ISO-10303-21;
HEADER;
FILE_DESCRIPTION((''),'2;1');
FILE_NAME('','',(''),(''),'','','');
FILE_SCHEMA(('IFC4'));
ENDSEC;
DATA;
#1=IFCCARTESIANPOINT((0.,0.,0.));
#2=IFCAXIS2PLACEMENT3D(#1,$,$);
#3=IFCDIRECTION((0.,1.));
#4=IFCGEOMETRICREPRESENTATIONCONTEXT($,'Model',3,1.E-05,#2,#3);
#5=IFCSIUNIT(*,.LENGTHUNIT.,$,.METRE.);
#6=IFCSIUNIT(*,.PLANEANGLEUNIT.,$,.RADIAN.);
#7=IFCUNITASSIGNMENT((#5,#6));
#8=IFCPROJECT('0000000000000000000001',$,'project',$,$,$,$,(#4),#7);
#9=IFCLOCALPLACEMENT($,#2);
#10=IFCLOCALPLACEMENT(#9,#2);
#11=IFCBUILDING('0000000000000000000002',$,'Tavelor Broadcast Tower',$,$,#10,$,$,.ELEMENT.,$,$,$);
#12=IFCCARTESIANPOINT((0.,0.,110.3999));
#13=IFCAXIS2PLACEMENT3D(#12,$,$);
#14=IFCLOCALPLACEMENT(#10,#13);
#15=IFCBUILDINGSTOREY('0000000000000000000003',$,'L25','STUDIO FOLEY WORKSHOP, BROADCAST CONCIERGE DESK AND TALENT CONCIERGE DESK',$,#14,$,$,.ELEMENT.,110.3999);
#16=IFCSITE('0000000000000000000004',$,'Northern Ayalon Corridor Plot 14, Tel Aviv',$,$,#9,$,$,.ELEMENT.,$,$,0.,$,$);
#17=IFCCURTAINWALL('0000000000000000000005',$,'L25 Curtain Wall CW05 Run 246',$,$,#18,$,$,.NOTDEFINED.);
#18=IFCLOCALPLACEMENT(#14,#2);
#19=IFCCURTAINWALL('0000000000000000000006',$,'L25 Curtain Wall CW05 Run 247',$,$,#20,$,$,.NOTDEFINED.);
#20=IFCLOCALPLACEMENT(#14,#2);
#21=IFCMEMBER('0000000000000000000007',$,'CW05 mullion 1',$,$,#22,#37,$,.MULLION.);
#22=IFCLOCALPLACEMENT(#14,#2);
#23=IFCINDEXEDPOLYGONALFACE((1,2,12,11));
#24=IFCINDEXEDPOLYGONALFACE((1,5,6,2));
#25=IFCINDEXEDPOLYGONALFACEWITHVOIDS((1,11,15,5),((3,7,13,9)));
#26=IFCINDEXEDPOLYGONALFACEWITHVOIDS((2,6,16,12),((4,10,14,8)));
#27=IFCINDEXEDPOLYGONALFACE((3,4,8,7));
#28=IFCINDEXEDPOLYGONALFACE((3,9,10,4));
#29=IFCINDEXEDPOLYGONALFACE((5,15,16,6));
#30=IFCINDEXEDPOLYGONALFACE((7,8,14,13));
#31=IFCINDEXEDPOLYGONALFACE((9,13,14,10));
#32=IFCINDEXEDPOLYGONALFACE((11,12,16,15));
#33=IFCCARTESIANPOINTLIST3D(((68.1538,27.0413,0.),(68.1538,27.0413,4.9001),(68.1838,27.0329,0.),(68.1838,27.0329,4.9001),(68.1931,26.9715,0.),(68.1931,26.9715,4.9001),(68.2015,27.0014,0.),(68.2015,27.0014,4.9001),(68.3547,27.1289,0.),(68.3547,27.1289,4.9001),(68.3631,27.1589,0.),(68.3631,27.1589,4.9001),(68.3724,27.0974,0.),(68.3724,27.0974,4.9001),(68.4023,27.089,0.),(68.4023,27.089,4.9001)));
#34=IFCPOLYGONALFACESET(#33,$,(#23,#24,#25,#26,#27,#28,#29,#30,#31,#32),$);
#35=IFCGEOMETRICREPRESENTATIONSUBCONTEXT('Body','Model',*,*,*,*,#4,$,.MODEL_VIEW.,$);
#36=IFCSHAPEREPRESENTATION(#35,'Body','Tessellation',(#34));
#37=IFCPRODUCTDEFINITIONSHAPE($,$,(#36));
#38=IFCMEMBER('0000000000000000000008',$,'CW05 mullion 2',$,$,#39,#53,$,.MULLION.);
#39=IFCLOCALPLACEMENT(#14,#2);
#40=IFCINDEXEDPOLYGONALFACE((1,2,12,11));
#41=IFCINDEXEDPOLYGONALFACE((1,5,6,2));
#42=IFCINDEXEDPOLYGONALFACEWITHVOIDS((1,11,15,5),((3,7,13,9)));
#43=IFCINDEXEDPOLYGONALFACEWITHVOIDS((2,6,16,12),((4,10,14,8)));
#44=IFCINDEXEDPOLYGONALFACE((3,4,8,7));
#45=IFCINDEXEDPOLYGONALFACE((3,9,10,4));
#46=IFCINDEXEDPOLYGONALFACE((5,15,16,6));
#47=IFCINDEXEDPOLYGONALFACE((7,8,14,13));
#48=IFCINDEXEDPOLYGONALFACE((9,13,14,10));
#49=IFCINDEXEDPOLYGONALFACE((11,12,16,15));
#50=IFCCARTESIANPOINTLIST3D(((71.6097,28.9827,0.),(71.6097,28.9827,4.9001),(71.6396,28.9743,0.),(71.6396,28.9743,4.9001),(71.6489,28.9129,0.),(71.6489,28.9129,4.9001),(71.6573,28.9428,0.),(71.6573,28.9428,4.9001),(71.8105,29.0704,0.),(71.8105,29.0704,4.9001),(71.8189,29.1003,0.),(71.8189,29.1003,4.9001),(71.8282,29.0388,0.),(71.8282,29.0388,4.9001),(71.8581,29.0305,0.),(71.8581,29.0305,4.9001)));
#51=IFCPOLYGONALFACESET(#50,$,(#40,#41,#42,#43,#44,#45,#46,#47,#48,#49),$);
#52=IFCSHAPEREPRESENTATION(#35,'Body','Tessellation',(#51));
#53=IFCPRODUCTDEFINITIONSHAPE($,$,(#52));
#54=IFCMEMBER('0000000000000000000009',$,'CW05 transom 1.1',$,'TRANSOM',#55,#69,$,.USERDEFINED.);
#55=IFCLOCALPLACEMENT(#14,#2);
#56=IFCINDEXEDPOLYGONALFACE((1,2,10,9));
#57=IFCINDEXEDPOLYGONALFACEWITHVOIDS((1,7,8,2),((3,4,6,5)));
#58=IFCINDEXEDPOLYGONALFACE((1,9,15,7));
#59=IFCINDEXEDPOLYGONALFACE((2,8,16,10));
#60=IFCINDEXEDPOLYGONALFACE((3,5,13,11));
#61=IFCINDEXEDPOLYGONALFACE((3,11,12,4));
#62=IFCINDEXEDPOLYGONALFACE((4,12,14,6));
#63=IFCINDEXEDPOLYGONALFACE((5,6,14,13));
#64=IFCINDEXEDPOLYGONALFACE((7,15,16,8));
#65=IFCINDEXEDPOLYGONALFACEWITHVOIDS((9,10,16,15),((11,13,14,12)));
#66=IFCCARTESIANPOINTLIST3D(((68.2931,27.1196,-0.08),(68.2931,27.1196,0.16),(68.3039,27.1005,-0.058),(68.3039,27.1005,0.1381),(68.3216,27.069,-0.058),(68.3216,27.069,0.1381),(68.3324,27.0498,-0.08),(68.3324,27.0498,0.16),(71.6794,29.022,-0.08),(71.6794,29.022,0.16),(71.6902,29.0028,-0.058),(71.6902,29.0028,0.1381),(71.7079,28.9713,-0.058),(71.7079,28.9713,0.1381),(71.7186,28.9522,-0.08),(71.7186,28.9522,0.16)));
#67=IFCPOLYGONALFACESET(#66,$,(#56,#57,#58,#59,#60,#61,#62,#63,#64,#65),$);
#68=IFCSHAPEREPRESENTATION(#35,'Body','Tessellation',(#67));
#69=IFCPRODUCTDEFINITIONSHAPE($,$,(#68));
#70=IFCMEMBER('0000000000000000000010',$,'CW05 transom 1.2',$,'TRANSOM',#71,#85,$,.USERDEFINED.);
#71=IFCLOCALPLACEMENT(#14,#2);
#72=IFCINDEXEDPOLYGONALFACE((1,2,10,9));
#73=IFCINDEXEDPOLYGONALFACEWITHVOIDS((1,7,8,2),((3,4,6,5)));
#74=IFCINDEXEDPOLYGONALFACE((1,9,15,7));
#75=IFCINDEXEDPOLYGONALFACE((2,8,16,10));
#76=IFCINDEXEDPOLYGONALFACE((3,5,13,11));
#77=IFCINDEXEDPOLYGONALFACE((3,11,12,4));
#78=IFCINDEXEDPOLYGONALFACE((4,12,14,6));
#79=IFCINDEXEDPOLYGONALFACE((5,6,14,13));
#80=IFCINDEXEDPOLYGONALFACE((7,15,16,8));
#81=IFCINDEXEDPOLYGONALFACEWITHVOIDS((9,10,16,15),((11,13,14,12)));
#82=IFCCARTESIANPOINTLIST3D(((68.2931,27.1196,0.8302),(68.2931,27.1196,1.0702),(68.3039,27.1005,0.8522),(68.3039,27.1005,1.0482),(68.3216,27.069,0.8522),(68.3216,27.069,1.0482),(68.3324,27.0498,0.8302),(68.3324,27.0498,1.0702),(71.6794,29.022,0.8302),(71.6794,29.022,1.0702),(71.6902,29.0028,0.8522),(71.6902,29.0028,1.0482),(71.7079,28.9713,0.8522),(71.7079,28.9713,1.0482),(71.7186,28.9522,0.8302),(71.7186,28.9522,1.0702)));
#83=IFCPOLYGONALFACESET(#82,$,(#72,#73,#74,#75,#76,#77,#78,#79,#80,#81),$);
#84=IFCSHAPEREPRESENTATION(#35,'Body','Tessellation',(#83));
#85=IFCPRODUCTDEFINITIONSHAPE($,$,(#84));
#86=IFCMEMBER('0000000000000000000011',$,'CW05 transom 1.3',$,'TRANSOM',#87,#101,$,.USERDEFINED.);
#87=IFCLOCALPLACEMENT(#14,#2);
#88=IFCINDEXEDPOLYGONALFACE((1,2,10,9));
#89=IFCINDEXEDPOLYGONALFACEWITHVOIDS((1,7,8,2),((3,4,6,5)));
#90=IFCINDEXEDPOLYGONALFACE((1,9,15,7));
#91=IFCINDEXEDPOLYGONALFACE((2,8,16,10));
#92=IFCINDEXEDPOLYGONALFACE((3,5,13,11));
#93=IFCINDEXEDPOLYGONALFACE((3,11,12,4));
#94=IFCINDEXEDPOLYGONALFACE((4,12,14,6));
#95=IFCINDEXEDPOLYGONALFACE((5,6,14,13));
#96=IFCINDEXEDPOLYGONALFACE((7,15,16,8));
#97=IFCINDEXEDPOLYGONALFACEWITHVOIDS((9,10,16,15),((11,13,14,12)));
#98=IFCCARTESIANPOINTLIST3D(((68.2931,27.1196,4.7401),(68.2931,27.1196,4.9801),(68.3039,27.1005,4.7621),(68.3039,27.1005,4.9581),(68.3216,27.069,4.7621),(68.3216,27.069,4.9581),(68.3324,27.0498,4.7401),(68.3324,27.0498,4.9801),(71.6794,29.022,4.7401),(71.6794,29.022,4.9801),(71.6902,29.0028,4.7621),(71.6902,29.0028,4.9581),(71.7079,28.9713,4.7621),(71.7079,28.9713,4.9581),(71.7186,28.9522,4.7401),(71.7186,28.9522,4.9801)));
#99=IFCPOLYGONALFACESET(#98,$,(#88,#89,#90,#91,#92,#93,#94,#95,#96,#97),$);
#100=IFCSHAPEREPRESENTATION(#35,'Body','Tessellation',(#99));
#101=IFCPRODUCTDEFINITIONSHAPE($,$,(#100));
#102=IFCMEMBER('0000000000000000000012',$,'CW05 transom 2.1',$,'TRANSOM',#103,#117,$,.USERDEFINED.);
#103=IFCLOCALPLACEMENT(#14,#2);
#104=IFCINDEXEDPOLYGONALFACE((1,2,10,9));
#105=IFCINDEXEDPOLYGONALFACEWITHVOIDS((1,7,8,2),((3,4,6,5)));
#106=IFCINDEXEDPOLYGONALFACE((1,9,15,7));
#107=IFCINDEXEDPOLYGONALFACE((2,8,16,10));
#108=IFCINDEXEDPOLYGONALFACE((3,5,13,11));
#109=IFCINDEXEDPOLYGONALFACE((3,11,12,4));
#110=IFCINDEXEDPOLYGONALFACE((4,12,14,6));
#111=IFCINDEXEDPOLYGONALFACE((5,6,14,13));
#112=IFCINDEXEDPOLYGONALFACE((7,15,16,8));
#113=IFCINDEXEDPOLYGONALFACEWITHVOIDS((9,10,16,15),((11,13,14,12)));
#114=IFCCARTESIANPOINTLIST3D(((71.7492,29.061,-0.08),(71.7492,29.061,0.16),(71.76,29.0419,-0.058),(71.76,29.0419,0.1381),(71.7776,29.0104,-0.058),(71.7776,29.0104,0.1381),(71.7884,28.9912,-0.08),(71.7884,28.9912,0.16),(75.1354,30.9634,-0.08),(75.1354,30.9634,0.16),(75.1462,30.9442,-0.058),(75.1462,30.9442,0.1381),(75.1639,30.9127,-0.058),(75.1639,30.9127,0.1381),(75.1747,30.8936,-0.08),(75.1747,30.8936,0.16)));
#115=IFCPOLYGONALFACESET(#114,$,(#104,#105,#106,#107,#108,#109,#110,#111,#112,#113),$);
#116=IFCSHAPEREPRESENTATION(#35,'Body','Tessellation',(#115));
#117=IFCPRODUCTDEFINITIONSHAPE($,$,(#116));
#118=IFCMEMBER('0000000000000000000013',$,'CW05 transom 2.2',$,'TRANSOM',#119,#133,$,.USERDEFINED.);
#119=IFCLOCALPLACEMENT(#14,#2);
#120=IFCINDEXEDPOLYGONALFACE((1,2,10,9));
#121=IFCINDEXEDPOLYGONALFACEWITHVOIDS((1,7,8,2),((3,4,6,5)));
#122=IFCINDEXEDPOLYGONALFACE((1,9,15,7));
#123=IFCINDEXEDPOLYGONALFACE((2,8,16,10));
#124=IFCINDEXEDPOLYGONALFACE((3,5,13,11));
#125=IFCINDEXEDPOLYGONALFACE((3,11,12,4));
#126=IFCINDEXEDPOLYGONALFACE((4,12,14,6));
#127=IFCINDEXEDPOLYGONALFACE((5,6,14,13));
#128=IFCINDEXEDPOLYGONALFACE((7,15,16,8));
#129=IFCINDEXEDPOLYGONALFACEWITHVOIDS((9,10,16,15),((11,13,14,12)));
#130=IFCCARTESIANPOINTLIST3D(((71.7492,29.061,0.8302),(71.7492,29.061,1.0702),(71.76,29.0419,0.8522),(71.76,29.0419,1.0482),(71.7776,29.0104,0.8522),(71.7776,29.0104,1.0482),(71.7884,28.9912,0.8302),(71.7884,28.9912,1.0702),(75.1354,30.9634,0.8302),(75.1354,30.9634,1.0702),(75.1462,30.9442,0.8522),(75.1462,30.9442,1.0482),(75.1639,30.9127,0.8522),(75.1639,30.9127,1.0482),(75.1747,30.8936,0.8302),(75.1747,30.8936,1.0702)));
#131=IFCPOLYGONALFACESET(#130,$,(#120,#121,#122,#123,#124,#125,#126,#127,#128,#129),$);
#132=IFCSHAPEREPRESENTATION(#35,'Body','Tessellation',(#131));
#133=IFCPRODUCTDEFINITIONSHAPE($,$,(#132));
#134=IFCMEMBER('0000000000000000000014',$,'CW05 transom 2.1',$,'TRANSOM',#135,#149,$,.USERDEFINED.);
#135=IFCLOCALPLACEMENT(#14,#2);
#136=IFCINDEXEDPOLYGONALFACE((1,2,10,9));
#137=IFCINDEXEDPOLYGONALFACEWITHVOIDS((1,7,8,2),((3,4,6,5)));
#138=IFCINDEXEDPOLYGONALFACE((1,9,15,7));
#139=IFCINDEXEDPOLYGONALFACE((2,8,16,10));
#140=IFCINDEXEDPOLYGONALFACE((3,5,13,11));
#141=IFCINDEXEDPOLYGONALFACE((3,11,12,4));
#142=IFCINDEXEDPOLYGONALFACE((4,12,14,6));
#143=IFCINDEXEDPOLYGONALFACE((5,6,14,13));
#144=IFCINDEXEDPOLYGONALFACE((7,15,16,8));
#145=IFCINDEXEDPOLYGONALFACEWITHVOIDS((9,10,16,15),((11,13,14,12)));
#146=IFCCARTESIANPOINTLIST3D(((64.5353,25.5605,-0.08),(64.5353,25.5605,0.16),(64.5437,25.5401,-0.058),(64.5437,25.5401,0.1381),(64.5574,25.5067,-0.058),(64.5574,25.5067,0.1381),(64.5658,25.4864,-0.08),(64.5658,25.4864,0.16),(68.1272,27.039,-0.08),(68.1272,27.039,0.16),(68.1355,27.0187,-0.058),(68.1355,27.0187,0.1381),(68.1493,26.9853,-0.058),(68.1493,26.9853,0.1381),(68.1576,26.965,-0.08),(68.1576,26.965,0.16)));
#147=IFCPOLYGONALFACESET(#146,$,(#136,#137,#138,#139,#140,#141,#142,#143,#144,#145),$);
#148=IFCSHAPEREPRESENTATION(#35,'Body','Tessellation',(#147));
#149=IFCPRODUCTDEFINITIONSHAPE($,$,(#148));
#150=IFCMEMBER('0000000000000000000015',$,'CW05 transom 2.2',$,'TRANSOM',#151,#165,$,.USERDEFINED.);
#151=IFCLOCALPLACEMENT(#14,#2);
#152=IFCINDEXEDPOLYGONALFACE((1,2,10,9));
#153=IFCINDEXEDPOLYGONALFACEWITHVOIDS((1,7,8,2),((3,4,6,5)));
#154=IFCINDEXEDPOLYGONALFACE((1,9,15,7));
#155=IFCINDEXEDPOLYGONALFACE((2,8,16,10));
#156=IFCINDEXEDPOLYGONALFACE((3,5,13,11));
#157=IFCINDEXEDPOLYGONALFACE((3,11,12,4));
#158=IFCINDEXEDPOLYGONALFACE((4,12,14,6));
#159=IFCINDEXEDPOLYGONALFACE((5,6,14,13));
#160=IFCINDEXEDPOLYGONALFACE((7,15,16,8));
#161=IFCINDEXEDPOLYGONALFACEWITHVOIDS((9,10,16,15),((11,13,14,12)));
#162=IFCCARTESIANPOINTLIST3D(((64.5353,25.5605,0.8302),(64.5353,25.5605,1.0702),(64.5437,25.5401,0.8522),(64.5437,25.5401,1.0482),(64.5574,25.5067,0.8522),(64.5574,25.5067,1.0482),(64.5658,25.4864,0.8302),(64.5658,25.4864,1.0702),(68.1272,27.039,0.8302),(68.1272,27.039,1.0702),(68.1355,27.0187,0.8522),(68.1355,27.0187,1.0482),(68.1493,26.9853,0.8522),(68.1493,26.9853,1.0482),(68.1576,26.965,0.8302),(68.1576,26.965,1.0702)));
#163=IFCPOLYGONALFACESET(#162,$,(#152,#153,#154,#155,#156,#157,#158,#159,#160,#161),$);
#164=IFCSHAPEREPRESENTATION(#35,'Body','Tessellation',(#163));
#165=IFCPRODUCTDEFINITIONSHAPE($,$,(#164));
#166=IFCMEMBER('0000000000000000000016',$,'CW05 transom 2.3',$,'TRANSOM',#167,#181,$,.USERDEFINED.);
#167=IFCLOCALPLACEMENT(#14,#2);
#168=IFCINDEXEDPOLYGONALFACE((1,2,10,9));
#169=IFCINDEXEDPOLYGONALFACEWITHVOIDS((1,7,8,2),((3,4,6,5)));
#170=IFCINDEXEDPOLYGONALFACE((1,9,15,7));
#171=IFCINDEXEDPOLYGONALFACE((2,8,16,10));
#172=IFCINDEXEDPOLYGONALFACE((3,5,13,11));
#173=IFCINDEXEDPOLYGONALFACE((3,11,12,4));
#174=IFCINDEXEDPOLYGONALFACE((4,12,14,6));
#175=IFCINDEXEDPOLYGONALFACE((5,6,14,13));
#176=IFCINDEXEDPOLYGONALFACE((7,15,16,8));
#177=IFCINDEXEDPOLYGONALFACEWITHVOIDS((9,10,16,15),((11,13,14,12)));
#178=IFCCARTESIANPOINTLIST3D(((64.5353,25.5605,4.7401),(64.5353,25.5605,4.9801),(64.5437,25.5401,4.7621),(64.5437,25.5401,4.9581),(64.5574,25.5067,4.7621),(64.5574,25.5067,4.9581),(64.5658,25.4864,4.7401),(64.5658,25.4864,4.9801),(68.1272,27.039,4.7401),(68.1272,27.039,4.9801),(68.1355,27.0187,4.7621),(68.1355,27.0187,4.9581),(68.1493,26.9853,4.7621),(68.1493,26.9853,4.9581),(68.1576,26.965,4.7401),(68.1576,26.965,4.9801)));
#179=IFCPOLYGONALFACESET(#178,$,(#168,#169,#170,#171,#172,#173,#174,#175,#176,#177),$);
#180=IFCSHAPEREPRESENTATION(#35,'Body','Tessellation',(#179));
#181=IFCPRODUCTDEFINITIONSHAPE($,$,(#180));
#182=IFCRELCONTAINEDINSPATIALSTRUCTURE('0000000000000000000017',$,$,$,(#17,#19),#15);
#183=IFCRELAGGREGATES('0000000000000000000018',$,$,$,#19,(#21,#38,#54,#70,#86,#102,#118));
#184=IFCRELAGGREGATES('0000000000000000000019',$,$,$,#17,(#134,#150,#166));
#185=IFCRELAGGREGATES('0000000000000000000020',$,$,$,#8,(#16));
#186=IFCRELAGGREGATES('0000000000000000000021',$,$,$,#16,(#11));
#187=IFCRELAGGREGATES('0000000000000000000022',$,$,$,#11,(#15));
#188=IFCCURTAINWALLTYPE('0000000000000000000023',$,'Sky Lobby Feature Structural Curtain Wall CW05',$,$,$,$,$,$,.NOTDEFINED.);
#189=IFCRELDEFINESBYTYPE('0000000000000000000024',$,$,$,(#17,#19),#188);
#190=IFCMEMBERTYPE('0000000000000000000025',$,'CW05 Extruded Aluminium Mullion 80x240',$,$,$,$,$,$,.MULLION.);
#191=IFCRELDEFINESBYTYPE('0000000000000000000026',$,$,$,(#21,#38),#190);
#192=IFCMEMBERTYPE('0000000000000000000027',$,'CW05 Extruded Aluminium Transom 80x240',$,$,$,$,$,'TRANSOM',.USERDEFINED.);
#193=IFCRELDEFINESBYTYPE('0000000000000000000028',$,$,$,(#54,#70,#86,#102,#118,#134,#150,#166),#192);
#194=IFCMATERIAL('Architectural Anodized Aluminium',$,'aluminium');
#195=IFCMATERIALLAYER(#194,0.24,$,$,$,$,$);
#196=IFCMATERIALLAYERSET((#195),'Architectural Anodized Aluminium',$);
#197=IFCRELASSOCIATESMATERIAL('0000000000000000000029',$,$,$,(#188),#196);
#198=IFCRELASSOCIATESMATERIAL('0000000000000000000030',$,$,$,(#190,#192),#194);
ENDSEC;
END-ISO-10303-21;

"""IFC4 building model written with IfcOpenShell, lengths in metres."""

from ifc_helpers import new_model, si_unit, direction, frame, origin, origin_2d, place, context, subcontext, project, spatial, hollow_rectangle, extrude, source, transform, mapped, material, layer, layer_set, material_profile, profile_set, type_object, type_shapes, element, aggregate, save


model = new_model("IFC4")

# Units and contexts
model_context = context("Model", 3, precision=1e-05, world=origin(), true_north=direction((0.0, 1.0)))
body_context = subcontext(model_context, "Body", "Model", "MODEL_VIEW")
ifc_project = project(units=[si_unit("LENGTHUNIT", "METRE"), si_unit("PLANEANGLEUNIT", "RADIAN")], contexts=[model_context])

# Site, building, storey
site_placement = place(None, origin())
site = spatial("IfcSite", under=ifc_project, at=site_placement, Name="Northern Ayalon Corridor Plot 14, Tel Aviv", CompositionType="ELEMENT", RefElevation=0.0)
building_placement = place(site_placement, origin())
building = spatial("IfcBuilding", under=site, at=building_placement, Name="Tavelor Broadcast Tower", CompositionType="ELEMENT")
storey_placement = place(building_placement, frame((0.0, 0.0, 110.3999)))
storey = spatial("IfcBuildingStorey", under=building, at=storey_placement, Name="L25", Description="STUDIO FOLEY WORKSHOP, BROADCAST CONCIERGE DESK AND TALENT CONCIERGE DESK", CompositionType="ELEMENT", Elevation=110.3999)

# Curtain walls, members
ifc_material_1 = material(Name="Architectural Anodized Aluminium", Category="aluminium")
ifc_layer_1 = layer(ifc_material_1, 0.24)
ifc_layer_set_1 = layer_set([ifc_layer_1], Name="Architectural Anodized Aluminium")
curtain_wall_type = type_object("IfcCurtainWallType", Name="Sky Lobby Feature Structural Curtain Wall CW05", PredefinedType="NOTDEFINED", material=ifc_layer_set_1)
curtain_wall_1_placement = place(storey_placement, origin())
curtain_wall_1 = element("IfcCurtainWall", 1, at=curtain_wall_1_placement, inside=storey, type_object=curtain_wall_type, Name="L25 Curtain Wall CW05 Run 246", PredefinedType="NOTDEFINED")
ifc_material_profile_1 = material_profile(ifc_material_1, hollow_rectangle(XDim=0.0801, YDim=0.24, WallThickness=0.022, at=origin_2d()), Name="RHS 80x240x22")
ifc_profile_set_1 = profile_set([ifc_material_profile_1], Name="Architectural Anodized Aluminium")
member_type_1 = type_object("IfcMemberType", Name="CW05 Extruded Aluminium Mullion 80x240", PredefinedType="MULLION", material=ifc_profile_set_1)
shared_shape_1 = source(origin(), body_context, "Body", "SweptSolid", [
    extrude(hollow_rectangle(XDim=0.0801, YDim=0.24, WallThickness=0.022, at=origin_2d()), origin(), (0.0, 0.0, 1.0), 4.9001),
])
type_shapes(member_type_1, [shared_shape_1])
curtain_wall_2_placement = place(storey_placement, origin())
curtain_wall_2 = element("IfcCurtainWall", 2, at=curtain_wall_2_placement, inside=storey, type_object=curtain_wall_type, Name="L25 Curtain Wall CW05 Run 247", PredefinedType="NOTDEFINED")
member_1_placement = place(storey_placement, frame((68.2781, 27.0652, 0.0), z_axis=(0.0, 0.0, 1.0), x_axis=(-0.489773, 0.87185, 0.0)))
member_1 = element("IfcMember", 3, at=member_1_placement, type_object=member_type_1, Name="CW05 mullion 1", PredefinedType="MULLION", context=body_context, shape_type="MappedRepresentation", body=[
    mapped(shared_shape_1, transform((0.0, 0.0, 0.0), scale=1.0)),
])
member_2_placement = place(storey_placement, frame((71.7339, 29.0066, 0.0), z_axis=(0.0, 0.0, 1.0), x_axis=(-0.489773, 0.87185, 0.0)))
member_2 = element("IfcMember", 4, at=member_2_placement, type_object=member_type_1, Name="CW05 mullion 2", PredefinedType="MULLION", context=body_context, shape_type="MappedRepresentation", body=[
    mapped(shared_shape_1, transform((0.0, 0.0, 0.0), scale=1.0)),
])
ifc_material_profile_2 = material_profile(ifc_material_1, hollow_rectangle(XDim=0.0801, YDim=0.24, WallThickness=0.022, at=origin_2d()), Name="RHS 80x240x22")
ifc_profile_set_2 = profile_set([ifc_material_profile_2], Name="Architectural Anodized Aluminium")
member_type_2 = type_object("IfcMemberType", Name="CW05 Extruded Aluminium Transom 80x240", ElementType="TRANSOM", PredefinedType="USERDEFINED", material=ifc_profile_set_2)
shared_shape_2 = source(origin(), body_context, "Body", "SweptSolid", [
    extrude(hollow_rectangle(XDim=0.0801, YDim=0.24, WallThickness=0.022, at=origin_2d()), origin(), (0.0, 0.0, 1.0), 3.884),
])
member_3_placement = place(storey_placement, frame((68.3127, 27.0847, 0.04), z_axis=(0.871841, 0.48979, 0.0), x_axis=(-0.48979, 0.871841, 0.0)))
member_3 = element("IfcMember", 5, at=member_3_placement, type_object=member_type_2, Name="CW05 transom 1.1", ObjectType="TRANSOM", PredefinedType="USERDEFINED", context=body_context, shape_type="MappedRepresentation", body=[
    mapped(shared_shape_2, transform((0.0, 0.0, 0.0), scale=1.0)),
])
member_4_placement = place(storey_placement, frame((68.3127, 27.0847, 0.9502), z_axis=(0.871841, 0.48979, 0.0), x_axis=(-0.48979, 0.871841, 0.0)))
member_4 = element("IfcMember", 6, at=member_4_placement, type_object=member_type_2, Name="CW05 transom 1.2", ObjectType="TRANSOM", PredefinedType="USERDEFINED", context=body_context, shape_type="MappedRepresentation", body=[
    mapped(shared_shape_2, transform((0.0, 0.0, 0.0), scale=1.0)),
])
member_5_placement = place(storey_placement, frame((68.3127, 27.0847, 4.8601), z_axis=(0.871841, 0.48979, 0.0), x_axis=(-0.48979, 0.871841, 0.0)))
member_5 = element("IfcMember", 7, at=member_5_placement, type_object=member_type_2, Name="CW05 transom 1.3", ObjectType="TRANSOM", PredefinedType="USERDEFINED", context=body_context, shape_type="MappedRepresentation", body=[
    mapped(shared_shape_2, transform((0.0, 0.0, 0.0), scale=1.0)),
])
member_6_placement = place(storey_placement, frame((71.7688, 29.0261, 0.04), z_axis=(0.871841, 0.48979, 0.0), x_axis=(-0.48979, 0.871841, 0.0)))
member_6 = element("IfcMember", 8, at=member_6_placement, type_object=member_type_2, Name="CW05 transom 2.1", ObjectType="TRANSOM", PredefinedType="USERDEFINED", context=body_context, shape_type="MappedRepresentation", body=[
    mapped(shared_shape_2, transform((0.0, 0.0, 0.0), scale=1.0)),
])
member_7_placement = place(storey_placement, frame((71.7688, 29.0261, 0.9502), z_axis=(0.871841, 0.48979, 0.0), x_axis=(-0.48979, 0.871841, 0.0)))
member_7 = element("IfcMember", 9, at=member_7_placement, type_object=member_type_2, Name="CW05 transom 2.2", ObjectType="TRANSOM", PredefinedType="USERDEFINED", context=body_context, shape_type="MappedRepresentation", body=[
    mapped(shared_shape_2, transform((0.0, 0.0, 0.0), scale=1.0)),
])

# Members
shared_shape_3 = source(origin(), body_context, "Body", "SweptSolid", [
    extrude(hollow_rectangle(XDim=0.0801, YDim=0.24, WallThickness=0.022, at=origin_2d()), origin(), (0.0, 0.0, 1.0), 3.8843),
])
type_shapes(member_type_2, [shared_shape_2, shared_shape_3])
member_8_placement = place(storey_placement, frame((64.5505, 25.5234, 0.04), z_axis=(0.92472, 0.380649, 0.0), x_axis=(-0.380649, 0.92472, 0.0)))
member_8 = element("IfcMember", 10, at=member_8_placement, type_object=member_type_2, Name="CW05 transom 2.1", ObjectType="TRANSOM", PredefinedType="USERDEFINED", context=body_context, shape_type="MappedRepresentation", body=[
    mapped(shared_shape_3, transform((0.0, 0.0, 0.0), scale=1.0)),
])
member_9_placement = place(storey_placement, frame((64.5505, 25.5234, 0.9502), z_axis=(0.92472, 0.380649, 0.0), x_axis=(-0.380649, 0.92472, 0.0)))
member_9 = element("IfcMember", 11, at=member_9_placement, type_object=member_type_2, Name="CW05 transom 2.2", ObjectType="TRANSOM", PredefinedType="USERDEFINED", context=body_context, shape_type="MappedRepresentation", body=[
    mapped(shared_shape_3, transform((0.0, 0.0, 0.0), scale=1.0)),
])
member_10_placement = place(storey_placement, frame((64.5505, 25.5234, 4.8601), z_axis=(0.92472, 0.380649, 0.0), x_axis=(-0.380649, 0.92472, 0.0)))
member_10 = element("IfcMember", 12, at=member_10_placement, type_object=member_type_2, Name="CW05 transom 2.3", ObjectType="TRANSOM", PredefinedType="USERDEFINED", context=body_context, shape_type="MappedRepresentation", body=[
    mapped(shared_shape_3, transform((0.0, 0.0, 0.0), scale=1.0)),
])

aggregate(curtain_wall_2, [member_1, member_2, member_3, member_4, member_5, member_6, member_7])
aggregate(curtain_wall_1, [member_8, member_9, member_10])

save(model, "model.ifc")
